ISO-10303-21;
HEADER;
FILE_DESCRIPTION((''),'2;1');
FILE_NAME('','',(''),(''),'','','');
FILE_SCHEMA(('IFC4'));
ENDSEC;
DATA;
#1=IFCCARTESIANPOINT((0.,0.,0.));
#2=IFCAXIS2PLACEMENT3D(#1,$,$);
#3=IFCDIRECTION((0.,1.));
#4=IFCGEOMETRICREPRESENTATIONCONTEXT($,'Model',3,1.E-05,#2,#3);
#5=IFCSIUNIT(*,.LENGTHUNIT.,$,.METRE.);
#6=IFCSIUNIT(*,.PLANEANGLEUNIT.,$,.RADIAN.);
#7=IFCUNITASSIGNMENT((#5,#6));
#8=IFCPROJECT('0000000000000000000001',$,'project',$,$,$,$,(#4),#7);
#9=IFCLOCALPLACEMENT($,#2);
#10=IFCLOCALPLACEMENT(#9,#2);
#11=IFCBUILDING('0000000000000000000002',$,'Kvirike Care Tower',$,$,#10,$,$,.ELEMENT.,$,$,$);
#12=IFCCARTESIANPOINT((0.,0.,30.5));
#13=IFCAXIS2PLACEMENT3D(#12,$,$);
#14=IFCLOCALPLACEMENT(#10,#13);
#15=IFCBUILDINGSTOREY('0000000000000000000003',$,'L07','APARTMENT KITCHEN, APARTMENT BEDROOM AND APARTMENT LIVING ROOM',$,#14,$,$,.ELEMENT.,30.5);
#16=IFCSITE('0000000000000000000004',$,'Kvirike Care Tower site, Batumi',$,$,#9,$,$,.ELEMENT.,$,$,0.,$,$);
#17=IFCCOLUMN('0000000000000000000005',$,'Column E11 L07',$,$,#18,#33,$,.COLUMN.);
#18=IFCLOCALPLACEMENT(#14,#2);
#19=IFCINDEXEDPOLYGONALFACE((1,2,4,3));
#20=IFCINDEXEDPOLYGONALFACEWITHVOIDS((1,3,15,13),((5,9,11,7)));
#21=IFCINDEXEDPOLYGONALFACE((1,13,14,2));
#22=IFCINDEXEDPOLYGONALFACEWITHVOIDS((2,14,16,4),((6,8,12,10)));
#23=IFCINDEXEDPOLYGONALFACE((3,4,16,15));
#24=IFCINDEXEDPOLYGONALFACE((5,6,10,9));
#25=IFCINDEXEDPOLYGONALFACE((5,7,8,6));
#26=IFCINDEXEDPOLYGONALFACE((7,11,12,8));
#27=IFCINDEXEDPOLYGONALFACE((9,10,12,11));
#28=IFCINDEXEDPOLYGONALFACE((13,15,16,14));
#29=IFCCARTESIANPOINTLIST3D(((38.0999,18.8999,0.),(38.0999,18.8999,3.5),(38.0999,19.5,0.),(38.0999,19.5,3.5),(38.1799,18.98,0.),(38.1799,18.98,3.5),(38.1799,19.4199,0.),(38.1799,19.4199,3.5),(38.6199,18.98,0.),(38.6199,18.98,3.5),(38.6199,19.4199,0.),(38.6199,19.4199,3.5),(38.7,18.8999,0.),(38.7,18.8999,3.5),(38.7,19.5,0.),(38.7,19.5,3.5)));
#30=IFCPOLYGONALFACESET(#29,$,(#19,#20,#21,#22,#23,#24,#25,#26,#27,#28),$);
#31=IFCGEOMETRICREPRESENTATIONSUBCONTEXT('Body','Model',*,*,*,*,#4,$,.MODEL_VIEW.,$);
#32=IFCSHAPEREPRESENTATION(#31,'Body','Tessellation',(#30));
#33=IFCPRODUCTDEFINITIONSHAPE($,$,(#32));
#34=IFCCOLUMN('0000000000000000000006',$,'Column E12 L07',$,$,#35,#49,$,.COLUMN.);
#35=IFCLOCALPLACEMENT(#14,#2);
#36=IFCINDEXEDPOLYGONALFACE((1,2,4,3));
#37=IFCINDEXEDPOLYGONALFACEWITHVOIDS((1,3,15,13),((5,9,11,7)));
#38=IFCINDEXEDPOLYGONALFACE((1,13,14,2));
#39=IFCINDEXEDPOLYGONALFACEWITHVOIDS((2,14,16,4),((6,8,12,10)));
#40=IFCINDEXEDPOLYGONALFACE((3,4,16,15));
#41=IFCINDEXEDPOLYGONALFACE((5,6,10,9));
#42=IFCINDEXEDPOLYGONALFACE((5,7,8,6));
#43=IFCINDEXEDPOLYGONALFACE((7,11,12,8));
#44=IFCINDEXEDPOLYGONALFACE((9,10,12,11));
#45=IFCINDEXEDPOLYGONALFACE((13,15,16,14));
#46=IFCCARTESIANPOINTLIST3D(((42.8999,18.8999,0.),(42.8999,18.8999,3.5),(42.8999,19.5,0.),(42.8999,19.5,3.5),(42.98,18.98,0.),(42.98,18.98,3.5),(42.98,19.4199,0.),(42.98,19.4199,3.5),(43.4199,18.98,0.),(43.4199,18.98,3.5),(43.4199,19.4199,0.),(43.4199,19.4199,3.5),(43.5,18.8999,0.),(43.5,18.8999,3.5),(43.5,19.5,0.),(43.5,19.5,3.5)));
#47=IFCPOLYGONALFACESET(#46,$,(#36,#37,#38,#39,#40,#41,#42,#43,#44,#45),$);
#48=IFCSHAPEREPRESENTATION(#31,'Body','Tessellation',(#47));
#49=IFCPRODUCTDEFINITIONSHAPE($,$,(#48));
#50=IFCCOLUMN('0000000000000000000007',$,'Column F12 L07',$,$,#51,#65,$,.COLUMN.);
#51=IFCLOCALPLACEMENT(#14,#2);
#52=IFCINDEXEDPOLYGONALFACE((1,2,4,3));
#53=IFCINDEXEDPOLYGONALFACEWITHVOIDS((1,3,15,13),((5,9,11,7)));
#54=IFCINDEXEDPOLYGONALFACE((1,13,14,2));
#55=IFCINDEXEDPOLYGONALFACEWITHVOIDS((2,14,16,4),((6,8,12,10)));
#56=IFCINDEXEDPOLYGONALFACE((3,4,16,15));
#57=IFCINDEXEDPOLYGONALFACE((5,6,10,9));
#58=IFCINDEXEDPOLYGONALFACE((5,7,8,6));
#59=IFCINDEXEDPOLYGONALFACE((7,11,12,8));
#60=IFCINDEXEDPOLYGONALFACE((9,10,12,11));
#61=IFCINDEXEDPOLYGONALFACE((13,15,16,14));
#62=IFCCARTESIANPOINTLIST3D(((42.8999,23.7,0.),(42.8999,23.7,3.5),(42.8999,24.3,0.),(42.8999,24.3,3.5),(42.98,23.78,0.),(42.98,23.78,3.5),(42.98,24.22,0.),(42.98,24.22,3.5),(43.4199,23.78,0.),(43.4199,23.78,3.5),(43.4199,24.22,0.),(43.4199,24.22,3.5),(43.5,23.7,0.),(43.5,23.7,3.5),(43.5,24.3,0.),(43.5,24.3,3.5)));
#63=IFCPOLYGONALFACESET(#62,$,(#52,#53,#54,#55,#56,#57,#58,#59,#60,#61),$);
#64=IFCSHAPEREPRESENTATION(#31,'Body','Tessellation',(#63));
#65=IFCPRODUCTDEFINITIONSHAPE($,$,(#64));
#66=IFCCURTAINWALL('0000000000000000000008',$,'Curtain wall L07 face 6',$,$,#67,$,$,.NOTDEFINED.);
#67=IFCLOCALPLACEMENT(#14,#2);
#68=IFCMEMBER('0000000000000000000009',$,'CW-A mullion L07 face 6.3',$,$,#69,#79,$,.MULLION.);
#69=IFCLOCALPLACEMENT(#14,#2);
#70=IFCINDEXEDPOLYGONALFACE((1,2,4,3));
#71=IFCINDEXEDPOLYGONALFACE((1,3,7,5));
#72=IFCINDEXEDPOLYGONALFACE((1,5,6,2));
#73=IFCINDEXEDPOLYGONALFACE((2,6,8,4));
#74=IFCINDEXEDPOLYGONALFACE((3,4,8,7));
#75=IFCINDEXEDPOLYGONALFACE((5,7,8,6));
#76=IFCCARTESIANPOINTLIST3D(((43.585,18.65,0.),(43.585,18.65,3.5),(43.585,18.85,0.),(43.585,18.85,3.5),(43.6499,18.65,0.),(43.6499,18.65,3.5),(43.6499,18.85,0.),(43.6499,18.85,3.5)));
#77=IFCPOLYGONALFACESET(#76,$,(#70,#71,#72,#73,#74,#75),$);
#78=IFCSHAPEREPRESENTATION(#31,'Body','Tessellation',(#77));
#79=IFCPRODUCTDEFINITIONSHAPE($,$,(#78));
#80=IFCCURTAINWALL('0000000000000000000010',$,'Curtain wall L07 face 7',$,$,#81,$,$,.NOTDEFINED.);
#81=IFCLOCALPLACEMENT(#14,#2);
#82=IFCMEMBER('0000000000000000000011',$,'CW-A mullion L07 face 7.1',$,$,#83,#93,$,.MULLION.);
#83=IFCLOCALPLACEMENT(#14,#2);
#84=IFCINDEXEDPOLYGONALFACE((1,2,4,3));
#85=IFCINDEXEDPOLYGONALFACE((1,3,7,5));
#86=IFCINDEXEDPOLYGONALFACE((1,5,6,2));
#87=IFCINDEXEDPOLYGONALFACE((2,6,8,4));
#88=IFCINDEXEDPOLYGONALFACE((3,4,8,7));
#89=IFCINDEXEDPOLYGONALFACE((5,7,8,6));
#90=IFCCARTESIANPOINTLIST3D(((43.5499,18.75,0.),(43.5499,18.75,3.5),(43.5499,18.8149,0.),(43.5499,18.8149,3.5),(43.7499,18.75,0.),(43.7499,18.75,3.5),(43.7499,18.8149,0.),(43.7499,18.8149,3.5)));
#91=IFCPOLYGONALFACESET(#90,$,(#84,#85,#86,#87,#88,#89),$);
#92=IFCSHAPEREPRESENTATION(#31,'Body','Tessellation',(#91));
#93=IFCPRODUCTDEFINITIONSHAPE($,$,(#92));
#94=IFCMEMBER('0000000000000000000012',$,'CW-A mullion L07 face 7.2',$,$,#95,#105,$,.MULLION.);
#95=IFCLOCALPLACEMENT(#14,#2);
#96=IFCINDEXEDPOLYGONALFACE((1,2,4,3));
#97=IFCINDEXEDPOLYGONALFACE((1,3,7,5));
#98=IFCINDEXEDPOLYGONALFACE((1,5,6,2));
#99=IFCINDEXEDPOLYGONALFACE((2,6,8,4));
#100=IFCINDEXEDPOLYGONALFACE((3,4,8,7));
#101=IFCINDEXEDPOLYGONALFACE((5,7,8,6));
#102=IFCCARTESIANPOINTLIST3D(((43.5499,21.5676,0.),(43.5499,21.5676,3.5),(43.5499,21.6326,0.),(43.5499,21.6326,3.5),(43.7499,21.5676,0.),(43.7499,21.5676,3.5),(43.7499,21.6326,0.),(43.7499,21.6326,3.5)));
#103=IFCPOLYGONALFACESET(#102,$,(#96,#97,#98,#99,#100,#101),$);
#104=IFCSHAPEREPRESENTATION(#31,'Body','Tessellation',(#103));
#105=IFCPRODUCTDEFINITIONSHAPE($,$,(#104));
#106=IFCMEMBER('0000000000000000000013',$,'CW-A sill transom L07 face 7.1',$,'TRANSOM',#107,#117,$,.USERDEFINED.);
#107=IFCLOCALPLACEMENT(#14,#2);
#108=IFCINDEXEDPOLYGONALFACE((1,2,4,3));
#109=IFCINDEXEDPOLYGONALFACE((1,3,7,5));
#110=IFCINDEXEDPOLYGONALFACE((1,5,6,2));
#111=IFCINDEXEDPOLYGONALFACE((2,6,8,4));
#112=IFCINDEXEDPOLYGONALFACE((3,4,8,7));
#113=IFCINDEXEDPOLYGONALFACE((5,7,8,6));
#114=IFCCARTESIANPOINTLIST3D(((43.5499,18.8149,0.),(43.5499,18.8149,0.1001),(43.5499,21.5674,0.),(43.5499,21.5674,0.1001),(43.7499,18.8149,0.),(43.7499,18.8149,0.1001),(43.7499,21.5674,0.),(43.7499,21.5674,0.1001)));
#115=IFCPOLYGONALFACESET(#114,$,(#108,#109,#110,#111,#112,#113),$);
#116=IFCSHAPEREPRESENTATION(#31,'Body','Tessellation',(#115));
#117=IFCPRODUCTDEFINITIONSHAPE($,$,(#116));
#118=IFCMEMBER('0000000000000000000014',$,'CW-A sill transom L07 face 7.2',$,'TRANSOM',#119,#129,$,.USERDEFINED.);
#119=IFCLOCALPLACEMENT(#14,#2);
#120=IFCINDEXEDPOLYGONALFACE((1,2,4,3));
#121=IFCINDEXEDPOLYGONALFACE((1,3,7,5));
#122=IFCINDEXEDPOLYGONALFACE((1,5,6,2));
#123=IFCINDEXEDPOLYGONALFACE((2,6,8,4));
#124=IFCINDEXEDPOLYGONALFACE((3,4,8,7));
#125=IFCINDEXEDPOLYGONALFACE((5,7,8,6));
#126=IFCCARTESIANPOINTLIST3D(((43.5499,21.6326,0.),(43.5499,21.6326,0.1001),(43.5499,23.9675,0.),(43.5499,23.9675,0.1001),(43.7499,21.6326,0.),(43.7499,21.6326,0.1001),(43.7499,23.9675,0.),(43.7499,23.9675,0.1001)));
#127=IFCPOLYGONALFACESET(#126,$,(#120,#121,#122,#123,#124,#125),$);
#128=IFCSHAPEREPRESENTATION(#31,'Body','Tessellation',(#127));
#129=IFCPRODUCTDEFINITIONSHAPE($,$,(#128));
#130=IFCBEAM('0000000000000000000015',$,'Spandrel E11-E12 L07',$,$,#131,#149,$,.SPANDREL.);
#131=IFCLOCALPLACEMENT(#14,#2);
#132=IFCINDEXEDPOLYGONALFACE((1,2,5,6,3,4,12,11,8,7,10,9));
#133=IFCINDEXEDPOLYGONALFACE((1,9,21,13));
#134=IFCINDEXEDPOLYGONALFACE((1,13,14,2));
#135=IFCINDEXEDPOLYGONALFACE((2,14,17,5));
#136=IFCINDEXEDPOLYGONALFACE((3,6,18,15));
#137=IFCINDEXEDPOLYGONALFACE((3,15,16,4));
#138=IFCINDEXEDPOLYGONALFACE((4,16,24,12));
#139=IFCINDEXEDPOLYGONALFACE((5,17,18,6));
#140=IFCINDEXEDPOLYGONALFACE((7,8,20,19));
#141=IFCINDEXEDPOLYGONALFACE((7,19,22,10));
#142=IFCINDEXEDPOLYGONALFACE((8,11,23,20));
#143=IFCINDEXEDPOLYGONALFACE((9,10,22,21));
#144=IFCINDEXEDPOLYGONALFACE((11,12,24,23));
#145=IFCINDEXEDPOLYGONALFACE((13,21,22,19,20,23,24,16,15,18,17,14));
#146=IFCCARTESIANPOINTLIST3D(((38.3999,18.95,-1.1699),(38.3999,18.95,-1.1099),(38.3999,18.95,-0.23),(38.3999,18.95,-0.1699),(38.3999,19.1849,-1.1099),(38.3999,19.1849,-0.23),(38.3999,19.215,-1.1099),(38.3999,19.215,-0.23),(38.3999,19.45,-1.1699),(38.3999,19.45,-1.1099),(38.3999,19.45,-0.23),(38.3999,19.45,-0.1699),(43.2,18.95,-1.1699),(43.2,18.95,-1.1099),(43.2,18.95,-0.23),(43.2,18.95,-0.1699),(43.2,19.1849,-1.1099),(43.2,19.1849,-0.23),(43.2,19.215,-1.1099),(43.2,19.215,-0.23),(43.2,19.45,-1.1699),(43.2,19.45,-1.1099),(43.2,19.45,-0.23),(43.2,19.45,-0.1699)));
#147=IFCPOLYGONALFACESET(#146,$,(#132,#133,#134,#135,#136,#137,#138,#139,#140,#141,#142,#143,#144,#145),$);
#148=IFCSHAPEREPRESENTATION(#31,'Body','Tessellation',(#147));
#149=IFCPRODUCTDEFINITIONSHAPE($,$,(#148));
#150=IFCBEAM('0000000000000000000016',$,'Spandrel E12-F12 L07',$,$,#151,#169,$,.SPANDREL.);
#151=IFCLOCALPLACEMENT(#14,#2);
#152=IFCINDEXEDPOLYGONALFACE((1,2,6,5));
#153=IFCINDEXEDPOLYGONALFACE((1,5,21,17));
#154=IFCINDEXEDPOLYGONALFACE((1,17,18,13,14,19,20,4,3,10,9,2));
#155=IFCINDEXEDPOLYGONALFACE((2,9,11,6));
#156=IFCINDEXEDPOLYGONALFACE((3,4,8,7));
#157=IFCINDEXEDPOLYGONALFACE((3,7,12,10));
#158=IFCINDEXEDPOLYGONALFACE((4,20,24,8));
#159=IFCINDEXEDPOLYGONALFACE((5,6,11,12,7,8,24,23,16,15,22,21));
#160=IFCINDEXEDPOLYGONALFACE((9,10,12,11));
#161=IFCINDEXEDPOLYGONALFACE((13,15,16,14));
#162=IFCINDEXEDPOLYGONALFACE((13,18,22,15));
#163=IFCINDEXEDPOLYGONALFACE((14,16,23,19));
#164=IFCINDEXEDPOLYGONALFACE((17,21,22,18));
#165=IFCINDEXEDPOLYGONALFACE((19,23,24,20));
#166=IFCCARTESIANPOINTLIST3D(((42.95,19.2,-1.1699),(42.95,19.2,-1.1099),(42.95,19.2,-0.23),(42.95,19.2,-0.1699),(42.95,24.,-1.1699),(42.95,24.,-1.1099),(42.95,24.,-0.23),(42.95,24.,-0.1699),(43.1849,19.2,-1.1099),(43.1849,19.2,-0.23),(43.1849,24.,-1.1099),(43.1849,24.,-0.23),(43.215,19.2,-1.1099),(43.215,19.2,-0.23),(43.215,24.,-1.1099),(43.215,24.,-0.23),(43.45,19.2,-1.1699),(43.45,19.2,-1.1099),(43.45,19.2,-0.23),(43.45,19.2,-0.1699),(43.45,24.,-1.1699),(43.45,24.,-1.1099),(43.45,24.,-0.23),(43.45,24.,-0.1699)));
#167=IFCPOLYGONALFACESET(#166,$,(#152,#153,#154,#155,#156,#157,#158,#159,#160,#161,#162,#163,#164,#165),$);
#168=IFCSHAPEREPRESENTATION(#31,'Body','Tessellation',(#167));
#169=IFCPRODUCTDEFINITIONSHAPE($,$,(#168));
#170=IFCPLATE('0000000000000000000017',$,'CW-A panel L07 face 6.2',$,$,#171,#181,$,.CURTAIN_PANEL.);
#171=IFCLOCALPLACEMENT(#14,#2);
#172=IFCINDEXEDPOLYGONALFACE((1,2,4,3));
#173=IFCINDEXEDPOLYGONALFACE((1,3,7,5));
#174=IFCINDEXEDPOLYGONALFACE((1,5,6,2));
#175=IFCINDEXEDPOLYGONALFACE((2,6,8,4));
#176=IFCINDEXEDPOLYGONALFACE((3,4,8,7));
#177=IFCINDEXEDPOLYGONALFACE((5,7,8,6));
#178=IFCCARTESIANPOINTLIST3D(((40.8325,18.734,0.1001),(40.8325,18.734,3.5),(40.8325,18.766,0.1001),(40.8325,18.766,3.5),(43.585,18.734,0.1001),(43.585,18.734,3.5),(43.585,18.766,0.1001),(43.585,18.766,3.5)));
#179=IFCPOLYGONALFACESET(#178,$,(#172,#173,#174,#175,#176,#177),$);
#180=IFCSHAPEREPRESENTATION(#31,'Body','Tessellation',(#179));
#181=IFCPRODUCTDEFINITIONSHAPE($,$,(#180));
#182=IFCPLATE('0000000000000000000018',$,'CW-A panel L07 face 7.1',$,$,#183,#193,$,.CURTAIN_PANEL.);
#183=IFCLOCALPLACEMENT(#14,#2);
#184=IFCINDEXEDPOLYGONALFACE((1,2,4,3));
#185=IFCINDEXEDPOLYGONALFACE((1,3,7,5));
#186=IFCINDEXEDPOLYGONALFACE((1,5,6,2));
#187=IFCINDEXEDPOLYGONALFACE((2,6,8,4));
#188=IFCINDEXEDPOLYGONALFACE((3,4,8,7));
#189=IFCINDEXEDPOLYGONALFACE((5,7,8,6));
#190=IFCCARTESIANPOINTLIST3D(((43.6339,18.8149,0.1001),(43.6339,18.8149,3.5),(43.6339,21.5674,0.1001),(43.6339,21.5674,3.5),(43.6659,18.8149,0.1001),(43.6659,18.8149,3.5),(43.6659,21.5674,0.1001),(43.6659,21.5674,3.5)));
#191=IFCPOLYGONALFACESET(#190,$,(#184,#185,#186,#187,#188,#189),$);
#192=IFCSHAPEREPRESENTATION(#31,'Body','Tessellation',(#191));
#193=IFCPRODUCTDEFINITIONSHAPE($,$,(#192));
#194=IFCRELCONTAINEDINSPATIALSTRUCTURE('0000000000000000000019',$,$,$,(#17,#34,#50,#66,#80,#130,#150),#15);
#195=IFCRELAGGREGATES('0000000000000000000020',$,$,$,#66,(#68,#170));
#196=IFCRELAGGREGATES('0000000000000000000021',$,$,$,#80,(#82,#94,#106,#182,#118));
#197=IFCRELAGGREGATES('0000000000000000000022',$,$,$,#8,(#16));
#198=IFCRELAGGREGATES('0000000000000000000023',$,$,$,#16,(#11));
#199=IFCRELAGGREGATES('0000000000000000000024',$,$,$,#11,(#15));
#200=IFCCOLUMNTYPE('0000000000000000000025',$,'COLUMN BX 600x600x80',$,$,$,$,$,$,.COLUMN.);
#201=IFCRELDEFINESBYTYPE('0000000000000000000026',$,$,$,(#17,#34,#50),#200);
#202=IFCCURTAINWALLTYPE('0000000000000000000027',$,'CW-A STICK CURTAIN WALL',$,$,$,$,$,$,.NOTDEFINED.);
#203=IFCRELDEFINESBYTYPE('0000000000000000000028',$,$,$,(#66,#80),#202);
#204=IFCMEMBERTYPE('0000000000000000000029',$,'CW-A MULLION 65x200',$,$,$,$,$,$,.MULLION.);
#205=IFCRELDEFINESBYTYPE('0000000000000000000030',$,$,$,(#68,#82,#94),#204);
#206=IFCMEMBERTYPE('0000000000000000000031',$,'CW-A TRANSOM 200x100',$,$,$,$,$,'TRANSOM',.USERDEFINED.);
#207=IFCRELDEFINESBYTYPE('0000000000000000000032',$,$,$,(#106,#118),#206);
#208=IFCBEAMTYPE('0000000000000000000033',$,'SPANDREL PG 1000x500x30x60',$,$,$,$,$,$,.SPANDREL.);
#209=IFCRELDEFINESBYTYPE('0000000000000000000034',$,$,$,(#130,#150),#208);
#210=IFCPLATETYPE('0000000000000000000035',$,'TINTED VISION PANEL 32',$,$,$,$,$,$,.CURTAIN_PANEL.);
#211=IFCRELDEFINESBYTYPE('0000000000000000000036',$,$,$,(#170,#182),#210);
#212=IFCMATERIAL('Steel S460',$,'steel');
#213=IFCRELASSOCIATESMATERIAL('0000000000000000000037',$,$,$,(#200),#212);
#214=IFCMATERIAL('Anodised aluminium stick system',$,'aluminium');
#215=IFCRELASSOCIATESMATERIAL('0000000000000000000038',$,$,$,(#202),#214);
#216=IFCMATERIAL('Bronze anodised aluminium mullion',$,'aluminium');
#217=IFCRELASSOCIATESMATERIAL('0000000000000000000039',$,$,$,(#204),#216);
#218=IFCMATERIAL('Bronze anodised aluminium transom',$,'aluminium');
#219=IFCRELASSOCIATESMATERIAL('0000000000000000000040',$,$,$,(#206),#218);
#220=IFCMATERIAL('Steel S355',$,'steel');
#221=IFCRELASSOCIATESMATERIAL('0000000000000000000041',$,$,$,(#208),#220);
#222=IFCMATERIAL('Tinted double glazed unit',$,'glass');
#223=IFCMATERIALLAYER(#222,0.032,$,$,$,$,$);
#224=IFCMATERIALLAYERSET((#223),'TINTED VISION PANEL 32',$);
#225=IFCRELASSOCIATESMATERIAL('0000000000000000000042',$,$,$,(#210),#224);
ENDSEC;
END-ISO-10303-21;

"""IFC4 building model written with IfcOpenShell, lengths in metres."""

from ifc_helpers import new_model, si_unit, direction, frame, origin, origin_2d, place, context, subcontext, project, spatial, rectangle, hollow_rectangle, i_section, extrude, material, layer, layer_set, material_profile, profile_set, type_object, element, aggregate, save


model = new_model("IFC4")

# Units and contexts
model_context = context("Model", 3, precision=1e-05, world=origin(), true_north=direction((0.0, 1.0)))
body_context = subcontext(model_context, "Body", "Model", "MODEL_VIEW")
ifc_project = project(units=[si_unit("LENGTHUNIT", "METRE"), si_unit("PLANEANGLEUNIT", "RADIAN")], contexts=[model_context])

# Site, building, storey
site_placement = place(None, origin())
site = spatial("IfcSite", under=ifc_project, at=site_placement, Name="Kvirike Care Tower site, Batumi", CompositionType="ELEMENT", RefElevation=0.0)
building_placement = place(site_placement, origin())
building = spatial("IfcBuilding", under=site, at=building_placement, Name="Kvirike Care Tower", CompositionType="ELEMENT")
storey_placement = place(building_placement, frame((0.0, 0.0, 30.5)))
storey = spatial("IfcBuildingStorey", under=building, at=storey_placement, Name="L07", Description="APARTMENT KITCHEN, APARTMENT BEDROOM AND APARTMENT LIVING ROOM", CompositionType="ELEMENT", Elevation=30.5)

# Columns
ifc_material_1 = material(Name="Steel S460", Category="steel")
ifc_material_profile_1 = material_profile(ifc_material_1, hollow_rectangle(XDim=0.6001, YDim=0.6001, WallThickness=0.0801, at=origin_2d()), Name="BX 600x600x80")
ifc_profile_set_1 = profile_set([ifc_material_profile_1], Name="Steel S460")
column_type = type_object("IfcColumnType", Name="COLUMN BX 600x600x80", PredefinedType="COLUMN", material=ifc_profile_set_1)
for number, where, z_axis, x_axis, name in (
    (1, (38.3999, 19.2, 0.0), (0.0, 0.0, 1.0), (0.0, 1.0, 0.0), "Column E11 L07"),
    (2, (43.2, 19.2, 0.0), (0.0, 0.0, 1.0), (0.0, 1.0, 0.0), "Column E12 L07"),
    (3, (43.2, 24.0, 0.0), (0.0, 0.0, 1.0), (1.0, 0.0, 0.0), "Column F12 L07"),
):
    element("IfcColumn", number, at=place(storey_placement, frame(where, z_axis=z_axis, x_axis=x_axis)), inside=storey, type_object=column_type, Name=name, PredefinedType="COLUMN", context=body_context, shape_type="SweptSolid", body=[
        extrude(hollow_rectangle(XDim=0.6001, YDim=0.6001, WallThickness=0.0801, at=origin_2d()), origin(), (0.0, 0.0, 1.0), 3.5),
    ])

# Curtain wall, member
ifc_material_2 = material(Name="Anodised aluminium stick system", Category="aluminium")
curtain_wall_type = type_object("IfcCurtainWallType", Name="CW-A STICK CURTAIN WALL", PredefinedType="NOTDEFINED", material=ifc_material_2)
curtain_wall_1_placement = place(storey_placement, origin())
curtain_wall_1 = element("IfcCurtainWall", 4, at=curtain_wall_1_placement, inside=storey, type_object=curtain_wall_type, Name="Curtain wall L07 face 6", PredefinedType="NOTDEFINED")
ifc_material_3 = material(Name="Bronze anodised aluminium mullion", Category="aluminium")
ifc_material_profile_2 = material_profile(ifc_material_3, rectangle(XDim=0.0649, YDim=0.2, at=origin_2d()), Name="CW-A MULLION 65x200")
ifc_profile_set_2 = profile_set([ifc_material_profile_2], Name="Bronze anodised aluminium mullion")
member_type_1 = type_object("IfcMemberType", Name="CW-A MULLION 65x200", PredefinedType="MULLION", material=ifc_profile_set_2)
member_1_placement = place(storey_placement, frame((43.6174, 18.75, 0.0), z_axis=(0.0, 0.0, 1.0), x_axis=(1.0, 0.0, 0.0)))
member_1 = element("IfcMember", 5, at=member_1_placement, type_object=member_type_1, Name="CW-A mullion L07 face 6.3", PredefinedType="MULLION", context=body_context, shape_type="SweptSolid", body=[
    extrude(rectangle(XDim=0.0649, YDim=0.2, at=origin_2d()), origin(), (0.0, 0.0, 1.0), 3.5),
])

# Curtain wall, members
curtain_wall_2_placement = place(storey_placement, origin())
curtain_wall_2 = element("IfcCurtainWall", 6, at=curtain_wall_2_placement, inside=storey, type_object=curtain_wall_type, Name="Curtain wall L07 face 7", PredefinedType="NOTDEFINED")
member_2_placement = place(storey_placement, frame((43.6499, 18.7825, 0.0), z_axis=(0.0, 0.0, 1.0), x_axis=(0.0, 1.0, 0.0)))
member_2 = element("IfcMember", 7, at=member_2_placement, type_object=member_type_1, Name="CW-A mullion L07 face 7.1", PredefinedType="MULLION", context=body_context, shape_type="SweptSolid", body=[
    extrude(rectangle(XDim=0.0649, YDim=0.2, at=origin_2d()), origin(), (0.0, 0.0, 1.0), 3.5),
])
member_3_placement = place(storey_placement, frame((43.6499, 21.6001, 0.0), z_axis=(0.0, 0.0, 1.0), x_axis=(0.0, 1.0, 0.0)))
member_3 = element("IfcMember", 8, at=member_3_placement, type_object=member_type_1, Name="CW-A mullion L07 face 7.2", PredefinedType="MULLION", context=body_context, shape_type="SweptSolid", body=[
    extrude(rectangle(XDim=0.0649, YDim=0.2, at=origin_2d()), origin(), (0.0, 0.0, 1.0), 3.5),
])
ifc_material_4 = material(Name="Bronze anodised aluminium transom", Category="aluminium")
ifc_material_profile_3 = material_profile(ifc_material_4, rectangle(XDim=0.2, YDim=0.1001, at=origin_2d()), Name="CW-A TRANSOM 200x100")
ifc_profile_set_3 = profile_set([ifc_material_profile_3], Name="Bronze anodised aluminium transom")
member_type_2 = type_object("IfcMemberType", Name="CW-A TRANSOM 200x100", ElementType="TRANSOM", PredefinedType="USERDEFINED", material=ifc_profile_set_3)
member_4_placement = place(storey_placement, frame((43.6499, 18.8149, 0.05), z_axis=(0.0, 1.0, 0.0), x_axis=(-1.0, 0.0, 0.0)))
member_4 = element("IfcMember", 9, at=member_4_placement, type_object=member_type_2, Name="CW-A sill transom L07 face 7.1", ObjectType="TRANSOM", PredefinedType="USERDEFINED", context=body_context, shape_type="SweptSolid", body=[
    extrude(rectangle(XDim=0.2, YDim=0.1001, at=origin_2d()), origin(), (0.0, 0.0, 1.0), 2.7524),
])
member_5_placement = place(storey_placement, frame((43.6499, 21.6326, 0.05), z_axis=(0.0, 1.0, 0.0), x_axis=(-1.0, 0.0, 0.0)))
member_5 = element("IfcMember", 10, at=member_5_placement, type_object=member_type_2, Name="CW-A sill transom L07 face 7.2", ObjectType="TRANSOM", PredefinedType="USERDEFINED", context=body_context, shape_type="SweptSolid", body=[
    extrude(rectangle(XDim=0.2, YDim=0.1001, at=origin_2d()), origin(), (0.0, 0.0, 1.0), 2.335),
])

# Beams
ifc_material_5 = material(Name="Steel S355", Category="steel")
ifc_material_profile_4 = material_profile(ifc_material_5, i_section(OverallWidth=0.5, OverallDepth=1.0, WebThickness=0.03, FlangeThickness=0.0601, at=origin_2d()), Name="PG 1000x500x30x60")
ifc_profile_set_4 = profile_set([ifc_material_profile_4], Name="Steel S355")
beam_type = type_object("IfcBeamType", Name="SPANDREL PG 1000x500x30x60", PredefinedType="SPANDREL", material=ifc_profile_set_4)
for number, where, z_axis, x_axis, name in (
    (11, (38.3999, 19.2, -0.6699), (1.0, 0.0, 0.0), (0.0, 1.0, 0.0), "Spandrel E11-E12 L07"),
    (12, (43.2, 19.2, -0.6699), (0.0, 1.0, 0.0), (-1.0, 0.0, 0.0), "Spandrel E12-F12 L07"),
):
    element("IfcBeam", number, at=place(storey_placement, frame(where, z_axis=z_axis, x_axis=x_axis)), inside=storey, type_object=beam_type, Name=name, PredefinedType="SPANDREL", context=body_context, shape_type="SweptSolid", body=[
        extrude(i_section(OverallWidth=0.5, OverallDepth=1.0, WebThickness=0.03, FlangeThickness=0.0601, at=origin_2d()), origin(), (0.0, 0.0, 1.0), 4.8),
    ])

# Plates
ifc_material_6 = material(Name="Tinted double glazed unit", Category="glass")
ifc_layer_1 = layer(ifc_material_6, 0.032)
ifc_layer_set_1 = layer_set([ifc_layer_1], Name="TINTED VISION PANEL 32")
plate_type = type_object("IfcPlateType", Name="TINTED VISION PANEL 32", PredefinedType="CURTAIN_PANEL", material=ifc_layer_set_1)
plate_1_placement = place(storey_placement, frame((42.2087, 18.75, 0.1001), z_axis=(0.0, 0.0, 1.0), x_axis=(1.0, 0.0, 0.0)))
plate_1 = element("IfcPlate", 13, at=plate_1_placement, type_object=plate_type, Name="CW-A panel L07 face 6.2", PredefinedType="CURTAIN_PANEL", context=body_context, shape_type="SweptSolid", body=[
    extrude(rectangle(XDim=2.7524, YDim=0.032, at=origin_2d()), origin(), (0.0, 0.0, 1.0), 3.3999),
])
aggregate(curtain_wall_1, [member_1, plate_1])
plate_2_placement = place(storey_placement, frame((43.6499, 20.1912, 0.1001), z_axis=(0.0, 0.0, 1.0), x_axis=(0.0, 1.0, 0.0)))
plate_2 = element("IfcPlate", 14, at=plate_2_placement, type_object=plate_type, Name="CW-A panel L07 face 7.1", PredefinedType="CURTAIN_PANEL", context=body_context, shape_type="SweptSolid", body=[
    extrude(rectangle(XDim=2.7524, YDim=0.032, at=origin_2d()), origin(), (0.0, 0.0, 1.0), 3.3999),
])
aggregate(curtain_wall_2, [member_2, member_3, member_4, plate_2, member_5])

save(model, "model.ifc")
